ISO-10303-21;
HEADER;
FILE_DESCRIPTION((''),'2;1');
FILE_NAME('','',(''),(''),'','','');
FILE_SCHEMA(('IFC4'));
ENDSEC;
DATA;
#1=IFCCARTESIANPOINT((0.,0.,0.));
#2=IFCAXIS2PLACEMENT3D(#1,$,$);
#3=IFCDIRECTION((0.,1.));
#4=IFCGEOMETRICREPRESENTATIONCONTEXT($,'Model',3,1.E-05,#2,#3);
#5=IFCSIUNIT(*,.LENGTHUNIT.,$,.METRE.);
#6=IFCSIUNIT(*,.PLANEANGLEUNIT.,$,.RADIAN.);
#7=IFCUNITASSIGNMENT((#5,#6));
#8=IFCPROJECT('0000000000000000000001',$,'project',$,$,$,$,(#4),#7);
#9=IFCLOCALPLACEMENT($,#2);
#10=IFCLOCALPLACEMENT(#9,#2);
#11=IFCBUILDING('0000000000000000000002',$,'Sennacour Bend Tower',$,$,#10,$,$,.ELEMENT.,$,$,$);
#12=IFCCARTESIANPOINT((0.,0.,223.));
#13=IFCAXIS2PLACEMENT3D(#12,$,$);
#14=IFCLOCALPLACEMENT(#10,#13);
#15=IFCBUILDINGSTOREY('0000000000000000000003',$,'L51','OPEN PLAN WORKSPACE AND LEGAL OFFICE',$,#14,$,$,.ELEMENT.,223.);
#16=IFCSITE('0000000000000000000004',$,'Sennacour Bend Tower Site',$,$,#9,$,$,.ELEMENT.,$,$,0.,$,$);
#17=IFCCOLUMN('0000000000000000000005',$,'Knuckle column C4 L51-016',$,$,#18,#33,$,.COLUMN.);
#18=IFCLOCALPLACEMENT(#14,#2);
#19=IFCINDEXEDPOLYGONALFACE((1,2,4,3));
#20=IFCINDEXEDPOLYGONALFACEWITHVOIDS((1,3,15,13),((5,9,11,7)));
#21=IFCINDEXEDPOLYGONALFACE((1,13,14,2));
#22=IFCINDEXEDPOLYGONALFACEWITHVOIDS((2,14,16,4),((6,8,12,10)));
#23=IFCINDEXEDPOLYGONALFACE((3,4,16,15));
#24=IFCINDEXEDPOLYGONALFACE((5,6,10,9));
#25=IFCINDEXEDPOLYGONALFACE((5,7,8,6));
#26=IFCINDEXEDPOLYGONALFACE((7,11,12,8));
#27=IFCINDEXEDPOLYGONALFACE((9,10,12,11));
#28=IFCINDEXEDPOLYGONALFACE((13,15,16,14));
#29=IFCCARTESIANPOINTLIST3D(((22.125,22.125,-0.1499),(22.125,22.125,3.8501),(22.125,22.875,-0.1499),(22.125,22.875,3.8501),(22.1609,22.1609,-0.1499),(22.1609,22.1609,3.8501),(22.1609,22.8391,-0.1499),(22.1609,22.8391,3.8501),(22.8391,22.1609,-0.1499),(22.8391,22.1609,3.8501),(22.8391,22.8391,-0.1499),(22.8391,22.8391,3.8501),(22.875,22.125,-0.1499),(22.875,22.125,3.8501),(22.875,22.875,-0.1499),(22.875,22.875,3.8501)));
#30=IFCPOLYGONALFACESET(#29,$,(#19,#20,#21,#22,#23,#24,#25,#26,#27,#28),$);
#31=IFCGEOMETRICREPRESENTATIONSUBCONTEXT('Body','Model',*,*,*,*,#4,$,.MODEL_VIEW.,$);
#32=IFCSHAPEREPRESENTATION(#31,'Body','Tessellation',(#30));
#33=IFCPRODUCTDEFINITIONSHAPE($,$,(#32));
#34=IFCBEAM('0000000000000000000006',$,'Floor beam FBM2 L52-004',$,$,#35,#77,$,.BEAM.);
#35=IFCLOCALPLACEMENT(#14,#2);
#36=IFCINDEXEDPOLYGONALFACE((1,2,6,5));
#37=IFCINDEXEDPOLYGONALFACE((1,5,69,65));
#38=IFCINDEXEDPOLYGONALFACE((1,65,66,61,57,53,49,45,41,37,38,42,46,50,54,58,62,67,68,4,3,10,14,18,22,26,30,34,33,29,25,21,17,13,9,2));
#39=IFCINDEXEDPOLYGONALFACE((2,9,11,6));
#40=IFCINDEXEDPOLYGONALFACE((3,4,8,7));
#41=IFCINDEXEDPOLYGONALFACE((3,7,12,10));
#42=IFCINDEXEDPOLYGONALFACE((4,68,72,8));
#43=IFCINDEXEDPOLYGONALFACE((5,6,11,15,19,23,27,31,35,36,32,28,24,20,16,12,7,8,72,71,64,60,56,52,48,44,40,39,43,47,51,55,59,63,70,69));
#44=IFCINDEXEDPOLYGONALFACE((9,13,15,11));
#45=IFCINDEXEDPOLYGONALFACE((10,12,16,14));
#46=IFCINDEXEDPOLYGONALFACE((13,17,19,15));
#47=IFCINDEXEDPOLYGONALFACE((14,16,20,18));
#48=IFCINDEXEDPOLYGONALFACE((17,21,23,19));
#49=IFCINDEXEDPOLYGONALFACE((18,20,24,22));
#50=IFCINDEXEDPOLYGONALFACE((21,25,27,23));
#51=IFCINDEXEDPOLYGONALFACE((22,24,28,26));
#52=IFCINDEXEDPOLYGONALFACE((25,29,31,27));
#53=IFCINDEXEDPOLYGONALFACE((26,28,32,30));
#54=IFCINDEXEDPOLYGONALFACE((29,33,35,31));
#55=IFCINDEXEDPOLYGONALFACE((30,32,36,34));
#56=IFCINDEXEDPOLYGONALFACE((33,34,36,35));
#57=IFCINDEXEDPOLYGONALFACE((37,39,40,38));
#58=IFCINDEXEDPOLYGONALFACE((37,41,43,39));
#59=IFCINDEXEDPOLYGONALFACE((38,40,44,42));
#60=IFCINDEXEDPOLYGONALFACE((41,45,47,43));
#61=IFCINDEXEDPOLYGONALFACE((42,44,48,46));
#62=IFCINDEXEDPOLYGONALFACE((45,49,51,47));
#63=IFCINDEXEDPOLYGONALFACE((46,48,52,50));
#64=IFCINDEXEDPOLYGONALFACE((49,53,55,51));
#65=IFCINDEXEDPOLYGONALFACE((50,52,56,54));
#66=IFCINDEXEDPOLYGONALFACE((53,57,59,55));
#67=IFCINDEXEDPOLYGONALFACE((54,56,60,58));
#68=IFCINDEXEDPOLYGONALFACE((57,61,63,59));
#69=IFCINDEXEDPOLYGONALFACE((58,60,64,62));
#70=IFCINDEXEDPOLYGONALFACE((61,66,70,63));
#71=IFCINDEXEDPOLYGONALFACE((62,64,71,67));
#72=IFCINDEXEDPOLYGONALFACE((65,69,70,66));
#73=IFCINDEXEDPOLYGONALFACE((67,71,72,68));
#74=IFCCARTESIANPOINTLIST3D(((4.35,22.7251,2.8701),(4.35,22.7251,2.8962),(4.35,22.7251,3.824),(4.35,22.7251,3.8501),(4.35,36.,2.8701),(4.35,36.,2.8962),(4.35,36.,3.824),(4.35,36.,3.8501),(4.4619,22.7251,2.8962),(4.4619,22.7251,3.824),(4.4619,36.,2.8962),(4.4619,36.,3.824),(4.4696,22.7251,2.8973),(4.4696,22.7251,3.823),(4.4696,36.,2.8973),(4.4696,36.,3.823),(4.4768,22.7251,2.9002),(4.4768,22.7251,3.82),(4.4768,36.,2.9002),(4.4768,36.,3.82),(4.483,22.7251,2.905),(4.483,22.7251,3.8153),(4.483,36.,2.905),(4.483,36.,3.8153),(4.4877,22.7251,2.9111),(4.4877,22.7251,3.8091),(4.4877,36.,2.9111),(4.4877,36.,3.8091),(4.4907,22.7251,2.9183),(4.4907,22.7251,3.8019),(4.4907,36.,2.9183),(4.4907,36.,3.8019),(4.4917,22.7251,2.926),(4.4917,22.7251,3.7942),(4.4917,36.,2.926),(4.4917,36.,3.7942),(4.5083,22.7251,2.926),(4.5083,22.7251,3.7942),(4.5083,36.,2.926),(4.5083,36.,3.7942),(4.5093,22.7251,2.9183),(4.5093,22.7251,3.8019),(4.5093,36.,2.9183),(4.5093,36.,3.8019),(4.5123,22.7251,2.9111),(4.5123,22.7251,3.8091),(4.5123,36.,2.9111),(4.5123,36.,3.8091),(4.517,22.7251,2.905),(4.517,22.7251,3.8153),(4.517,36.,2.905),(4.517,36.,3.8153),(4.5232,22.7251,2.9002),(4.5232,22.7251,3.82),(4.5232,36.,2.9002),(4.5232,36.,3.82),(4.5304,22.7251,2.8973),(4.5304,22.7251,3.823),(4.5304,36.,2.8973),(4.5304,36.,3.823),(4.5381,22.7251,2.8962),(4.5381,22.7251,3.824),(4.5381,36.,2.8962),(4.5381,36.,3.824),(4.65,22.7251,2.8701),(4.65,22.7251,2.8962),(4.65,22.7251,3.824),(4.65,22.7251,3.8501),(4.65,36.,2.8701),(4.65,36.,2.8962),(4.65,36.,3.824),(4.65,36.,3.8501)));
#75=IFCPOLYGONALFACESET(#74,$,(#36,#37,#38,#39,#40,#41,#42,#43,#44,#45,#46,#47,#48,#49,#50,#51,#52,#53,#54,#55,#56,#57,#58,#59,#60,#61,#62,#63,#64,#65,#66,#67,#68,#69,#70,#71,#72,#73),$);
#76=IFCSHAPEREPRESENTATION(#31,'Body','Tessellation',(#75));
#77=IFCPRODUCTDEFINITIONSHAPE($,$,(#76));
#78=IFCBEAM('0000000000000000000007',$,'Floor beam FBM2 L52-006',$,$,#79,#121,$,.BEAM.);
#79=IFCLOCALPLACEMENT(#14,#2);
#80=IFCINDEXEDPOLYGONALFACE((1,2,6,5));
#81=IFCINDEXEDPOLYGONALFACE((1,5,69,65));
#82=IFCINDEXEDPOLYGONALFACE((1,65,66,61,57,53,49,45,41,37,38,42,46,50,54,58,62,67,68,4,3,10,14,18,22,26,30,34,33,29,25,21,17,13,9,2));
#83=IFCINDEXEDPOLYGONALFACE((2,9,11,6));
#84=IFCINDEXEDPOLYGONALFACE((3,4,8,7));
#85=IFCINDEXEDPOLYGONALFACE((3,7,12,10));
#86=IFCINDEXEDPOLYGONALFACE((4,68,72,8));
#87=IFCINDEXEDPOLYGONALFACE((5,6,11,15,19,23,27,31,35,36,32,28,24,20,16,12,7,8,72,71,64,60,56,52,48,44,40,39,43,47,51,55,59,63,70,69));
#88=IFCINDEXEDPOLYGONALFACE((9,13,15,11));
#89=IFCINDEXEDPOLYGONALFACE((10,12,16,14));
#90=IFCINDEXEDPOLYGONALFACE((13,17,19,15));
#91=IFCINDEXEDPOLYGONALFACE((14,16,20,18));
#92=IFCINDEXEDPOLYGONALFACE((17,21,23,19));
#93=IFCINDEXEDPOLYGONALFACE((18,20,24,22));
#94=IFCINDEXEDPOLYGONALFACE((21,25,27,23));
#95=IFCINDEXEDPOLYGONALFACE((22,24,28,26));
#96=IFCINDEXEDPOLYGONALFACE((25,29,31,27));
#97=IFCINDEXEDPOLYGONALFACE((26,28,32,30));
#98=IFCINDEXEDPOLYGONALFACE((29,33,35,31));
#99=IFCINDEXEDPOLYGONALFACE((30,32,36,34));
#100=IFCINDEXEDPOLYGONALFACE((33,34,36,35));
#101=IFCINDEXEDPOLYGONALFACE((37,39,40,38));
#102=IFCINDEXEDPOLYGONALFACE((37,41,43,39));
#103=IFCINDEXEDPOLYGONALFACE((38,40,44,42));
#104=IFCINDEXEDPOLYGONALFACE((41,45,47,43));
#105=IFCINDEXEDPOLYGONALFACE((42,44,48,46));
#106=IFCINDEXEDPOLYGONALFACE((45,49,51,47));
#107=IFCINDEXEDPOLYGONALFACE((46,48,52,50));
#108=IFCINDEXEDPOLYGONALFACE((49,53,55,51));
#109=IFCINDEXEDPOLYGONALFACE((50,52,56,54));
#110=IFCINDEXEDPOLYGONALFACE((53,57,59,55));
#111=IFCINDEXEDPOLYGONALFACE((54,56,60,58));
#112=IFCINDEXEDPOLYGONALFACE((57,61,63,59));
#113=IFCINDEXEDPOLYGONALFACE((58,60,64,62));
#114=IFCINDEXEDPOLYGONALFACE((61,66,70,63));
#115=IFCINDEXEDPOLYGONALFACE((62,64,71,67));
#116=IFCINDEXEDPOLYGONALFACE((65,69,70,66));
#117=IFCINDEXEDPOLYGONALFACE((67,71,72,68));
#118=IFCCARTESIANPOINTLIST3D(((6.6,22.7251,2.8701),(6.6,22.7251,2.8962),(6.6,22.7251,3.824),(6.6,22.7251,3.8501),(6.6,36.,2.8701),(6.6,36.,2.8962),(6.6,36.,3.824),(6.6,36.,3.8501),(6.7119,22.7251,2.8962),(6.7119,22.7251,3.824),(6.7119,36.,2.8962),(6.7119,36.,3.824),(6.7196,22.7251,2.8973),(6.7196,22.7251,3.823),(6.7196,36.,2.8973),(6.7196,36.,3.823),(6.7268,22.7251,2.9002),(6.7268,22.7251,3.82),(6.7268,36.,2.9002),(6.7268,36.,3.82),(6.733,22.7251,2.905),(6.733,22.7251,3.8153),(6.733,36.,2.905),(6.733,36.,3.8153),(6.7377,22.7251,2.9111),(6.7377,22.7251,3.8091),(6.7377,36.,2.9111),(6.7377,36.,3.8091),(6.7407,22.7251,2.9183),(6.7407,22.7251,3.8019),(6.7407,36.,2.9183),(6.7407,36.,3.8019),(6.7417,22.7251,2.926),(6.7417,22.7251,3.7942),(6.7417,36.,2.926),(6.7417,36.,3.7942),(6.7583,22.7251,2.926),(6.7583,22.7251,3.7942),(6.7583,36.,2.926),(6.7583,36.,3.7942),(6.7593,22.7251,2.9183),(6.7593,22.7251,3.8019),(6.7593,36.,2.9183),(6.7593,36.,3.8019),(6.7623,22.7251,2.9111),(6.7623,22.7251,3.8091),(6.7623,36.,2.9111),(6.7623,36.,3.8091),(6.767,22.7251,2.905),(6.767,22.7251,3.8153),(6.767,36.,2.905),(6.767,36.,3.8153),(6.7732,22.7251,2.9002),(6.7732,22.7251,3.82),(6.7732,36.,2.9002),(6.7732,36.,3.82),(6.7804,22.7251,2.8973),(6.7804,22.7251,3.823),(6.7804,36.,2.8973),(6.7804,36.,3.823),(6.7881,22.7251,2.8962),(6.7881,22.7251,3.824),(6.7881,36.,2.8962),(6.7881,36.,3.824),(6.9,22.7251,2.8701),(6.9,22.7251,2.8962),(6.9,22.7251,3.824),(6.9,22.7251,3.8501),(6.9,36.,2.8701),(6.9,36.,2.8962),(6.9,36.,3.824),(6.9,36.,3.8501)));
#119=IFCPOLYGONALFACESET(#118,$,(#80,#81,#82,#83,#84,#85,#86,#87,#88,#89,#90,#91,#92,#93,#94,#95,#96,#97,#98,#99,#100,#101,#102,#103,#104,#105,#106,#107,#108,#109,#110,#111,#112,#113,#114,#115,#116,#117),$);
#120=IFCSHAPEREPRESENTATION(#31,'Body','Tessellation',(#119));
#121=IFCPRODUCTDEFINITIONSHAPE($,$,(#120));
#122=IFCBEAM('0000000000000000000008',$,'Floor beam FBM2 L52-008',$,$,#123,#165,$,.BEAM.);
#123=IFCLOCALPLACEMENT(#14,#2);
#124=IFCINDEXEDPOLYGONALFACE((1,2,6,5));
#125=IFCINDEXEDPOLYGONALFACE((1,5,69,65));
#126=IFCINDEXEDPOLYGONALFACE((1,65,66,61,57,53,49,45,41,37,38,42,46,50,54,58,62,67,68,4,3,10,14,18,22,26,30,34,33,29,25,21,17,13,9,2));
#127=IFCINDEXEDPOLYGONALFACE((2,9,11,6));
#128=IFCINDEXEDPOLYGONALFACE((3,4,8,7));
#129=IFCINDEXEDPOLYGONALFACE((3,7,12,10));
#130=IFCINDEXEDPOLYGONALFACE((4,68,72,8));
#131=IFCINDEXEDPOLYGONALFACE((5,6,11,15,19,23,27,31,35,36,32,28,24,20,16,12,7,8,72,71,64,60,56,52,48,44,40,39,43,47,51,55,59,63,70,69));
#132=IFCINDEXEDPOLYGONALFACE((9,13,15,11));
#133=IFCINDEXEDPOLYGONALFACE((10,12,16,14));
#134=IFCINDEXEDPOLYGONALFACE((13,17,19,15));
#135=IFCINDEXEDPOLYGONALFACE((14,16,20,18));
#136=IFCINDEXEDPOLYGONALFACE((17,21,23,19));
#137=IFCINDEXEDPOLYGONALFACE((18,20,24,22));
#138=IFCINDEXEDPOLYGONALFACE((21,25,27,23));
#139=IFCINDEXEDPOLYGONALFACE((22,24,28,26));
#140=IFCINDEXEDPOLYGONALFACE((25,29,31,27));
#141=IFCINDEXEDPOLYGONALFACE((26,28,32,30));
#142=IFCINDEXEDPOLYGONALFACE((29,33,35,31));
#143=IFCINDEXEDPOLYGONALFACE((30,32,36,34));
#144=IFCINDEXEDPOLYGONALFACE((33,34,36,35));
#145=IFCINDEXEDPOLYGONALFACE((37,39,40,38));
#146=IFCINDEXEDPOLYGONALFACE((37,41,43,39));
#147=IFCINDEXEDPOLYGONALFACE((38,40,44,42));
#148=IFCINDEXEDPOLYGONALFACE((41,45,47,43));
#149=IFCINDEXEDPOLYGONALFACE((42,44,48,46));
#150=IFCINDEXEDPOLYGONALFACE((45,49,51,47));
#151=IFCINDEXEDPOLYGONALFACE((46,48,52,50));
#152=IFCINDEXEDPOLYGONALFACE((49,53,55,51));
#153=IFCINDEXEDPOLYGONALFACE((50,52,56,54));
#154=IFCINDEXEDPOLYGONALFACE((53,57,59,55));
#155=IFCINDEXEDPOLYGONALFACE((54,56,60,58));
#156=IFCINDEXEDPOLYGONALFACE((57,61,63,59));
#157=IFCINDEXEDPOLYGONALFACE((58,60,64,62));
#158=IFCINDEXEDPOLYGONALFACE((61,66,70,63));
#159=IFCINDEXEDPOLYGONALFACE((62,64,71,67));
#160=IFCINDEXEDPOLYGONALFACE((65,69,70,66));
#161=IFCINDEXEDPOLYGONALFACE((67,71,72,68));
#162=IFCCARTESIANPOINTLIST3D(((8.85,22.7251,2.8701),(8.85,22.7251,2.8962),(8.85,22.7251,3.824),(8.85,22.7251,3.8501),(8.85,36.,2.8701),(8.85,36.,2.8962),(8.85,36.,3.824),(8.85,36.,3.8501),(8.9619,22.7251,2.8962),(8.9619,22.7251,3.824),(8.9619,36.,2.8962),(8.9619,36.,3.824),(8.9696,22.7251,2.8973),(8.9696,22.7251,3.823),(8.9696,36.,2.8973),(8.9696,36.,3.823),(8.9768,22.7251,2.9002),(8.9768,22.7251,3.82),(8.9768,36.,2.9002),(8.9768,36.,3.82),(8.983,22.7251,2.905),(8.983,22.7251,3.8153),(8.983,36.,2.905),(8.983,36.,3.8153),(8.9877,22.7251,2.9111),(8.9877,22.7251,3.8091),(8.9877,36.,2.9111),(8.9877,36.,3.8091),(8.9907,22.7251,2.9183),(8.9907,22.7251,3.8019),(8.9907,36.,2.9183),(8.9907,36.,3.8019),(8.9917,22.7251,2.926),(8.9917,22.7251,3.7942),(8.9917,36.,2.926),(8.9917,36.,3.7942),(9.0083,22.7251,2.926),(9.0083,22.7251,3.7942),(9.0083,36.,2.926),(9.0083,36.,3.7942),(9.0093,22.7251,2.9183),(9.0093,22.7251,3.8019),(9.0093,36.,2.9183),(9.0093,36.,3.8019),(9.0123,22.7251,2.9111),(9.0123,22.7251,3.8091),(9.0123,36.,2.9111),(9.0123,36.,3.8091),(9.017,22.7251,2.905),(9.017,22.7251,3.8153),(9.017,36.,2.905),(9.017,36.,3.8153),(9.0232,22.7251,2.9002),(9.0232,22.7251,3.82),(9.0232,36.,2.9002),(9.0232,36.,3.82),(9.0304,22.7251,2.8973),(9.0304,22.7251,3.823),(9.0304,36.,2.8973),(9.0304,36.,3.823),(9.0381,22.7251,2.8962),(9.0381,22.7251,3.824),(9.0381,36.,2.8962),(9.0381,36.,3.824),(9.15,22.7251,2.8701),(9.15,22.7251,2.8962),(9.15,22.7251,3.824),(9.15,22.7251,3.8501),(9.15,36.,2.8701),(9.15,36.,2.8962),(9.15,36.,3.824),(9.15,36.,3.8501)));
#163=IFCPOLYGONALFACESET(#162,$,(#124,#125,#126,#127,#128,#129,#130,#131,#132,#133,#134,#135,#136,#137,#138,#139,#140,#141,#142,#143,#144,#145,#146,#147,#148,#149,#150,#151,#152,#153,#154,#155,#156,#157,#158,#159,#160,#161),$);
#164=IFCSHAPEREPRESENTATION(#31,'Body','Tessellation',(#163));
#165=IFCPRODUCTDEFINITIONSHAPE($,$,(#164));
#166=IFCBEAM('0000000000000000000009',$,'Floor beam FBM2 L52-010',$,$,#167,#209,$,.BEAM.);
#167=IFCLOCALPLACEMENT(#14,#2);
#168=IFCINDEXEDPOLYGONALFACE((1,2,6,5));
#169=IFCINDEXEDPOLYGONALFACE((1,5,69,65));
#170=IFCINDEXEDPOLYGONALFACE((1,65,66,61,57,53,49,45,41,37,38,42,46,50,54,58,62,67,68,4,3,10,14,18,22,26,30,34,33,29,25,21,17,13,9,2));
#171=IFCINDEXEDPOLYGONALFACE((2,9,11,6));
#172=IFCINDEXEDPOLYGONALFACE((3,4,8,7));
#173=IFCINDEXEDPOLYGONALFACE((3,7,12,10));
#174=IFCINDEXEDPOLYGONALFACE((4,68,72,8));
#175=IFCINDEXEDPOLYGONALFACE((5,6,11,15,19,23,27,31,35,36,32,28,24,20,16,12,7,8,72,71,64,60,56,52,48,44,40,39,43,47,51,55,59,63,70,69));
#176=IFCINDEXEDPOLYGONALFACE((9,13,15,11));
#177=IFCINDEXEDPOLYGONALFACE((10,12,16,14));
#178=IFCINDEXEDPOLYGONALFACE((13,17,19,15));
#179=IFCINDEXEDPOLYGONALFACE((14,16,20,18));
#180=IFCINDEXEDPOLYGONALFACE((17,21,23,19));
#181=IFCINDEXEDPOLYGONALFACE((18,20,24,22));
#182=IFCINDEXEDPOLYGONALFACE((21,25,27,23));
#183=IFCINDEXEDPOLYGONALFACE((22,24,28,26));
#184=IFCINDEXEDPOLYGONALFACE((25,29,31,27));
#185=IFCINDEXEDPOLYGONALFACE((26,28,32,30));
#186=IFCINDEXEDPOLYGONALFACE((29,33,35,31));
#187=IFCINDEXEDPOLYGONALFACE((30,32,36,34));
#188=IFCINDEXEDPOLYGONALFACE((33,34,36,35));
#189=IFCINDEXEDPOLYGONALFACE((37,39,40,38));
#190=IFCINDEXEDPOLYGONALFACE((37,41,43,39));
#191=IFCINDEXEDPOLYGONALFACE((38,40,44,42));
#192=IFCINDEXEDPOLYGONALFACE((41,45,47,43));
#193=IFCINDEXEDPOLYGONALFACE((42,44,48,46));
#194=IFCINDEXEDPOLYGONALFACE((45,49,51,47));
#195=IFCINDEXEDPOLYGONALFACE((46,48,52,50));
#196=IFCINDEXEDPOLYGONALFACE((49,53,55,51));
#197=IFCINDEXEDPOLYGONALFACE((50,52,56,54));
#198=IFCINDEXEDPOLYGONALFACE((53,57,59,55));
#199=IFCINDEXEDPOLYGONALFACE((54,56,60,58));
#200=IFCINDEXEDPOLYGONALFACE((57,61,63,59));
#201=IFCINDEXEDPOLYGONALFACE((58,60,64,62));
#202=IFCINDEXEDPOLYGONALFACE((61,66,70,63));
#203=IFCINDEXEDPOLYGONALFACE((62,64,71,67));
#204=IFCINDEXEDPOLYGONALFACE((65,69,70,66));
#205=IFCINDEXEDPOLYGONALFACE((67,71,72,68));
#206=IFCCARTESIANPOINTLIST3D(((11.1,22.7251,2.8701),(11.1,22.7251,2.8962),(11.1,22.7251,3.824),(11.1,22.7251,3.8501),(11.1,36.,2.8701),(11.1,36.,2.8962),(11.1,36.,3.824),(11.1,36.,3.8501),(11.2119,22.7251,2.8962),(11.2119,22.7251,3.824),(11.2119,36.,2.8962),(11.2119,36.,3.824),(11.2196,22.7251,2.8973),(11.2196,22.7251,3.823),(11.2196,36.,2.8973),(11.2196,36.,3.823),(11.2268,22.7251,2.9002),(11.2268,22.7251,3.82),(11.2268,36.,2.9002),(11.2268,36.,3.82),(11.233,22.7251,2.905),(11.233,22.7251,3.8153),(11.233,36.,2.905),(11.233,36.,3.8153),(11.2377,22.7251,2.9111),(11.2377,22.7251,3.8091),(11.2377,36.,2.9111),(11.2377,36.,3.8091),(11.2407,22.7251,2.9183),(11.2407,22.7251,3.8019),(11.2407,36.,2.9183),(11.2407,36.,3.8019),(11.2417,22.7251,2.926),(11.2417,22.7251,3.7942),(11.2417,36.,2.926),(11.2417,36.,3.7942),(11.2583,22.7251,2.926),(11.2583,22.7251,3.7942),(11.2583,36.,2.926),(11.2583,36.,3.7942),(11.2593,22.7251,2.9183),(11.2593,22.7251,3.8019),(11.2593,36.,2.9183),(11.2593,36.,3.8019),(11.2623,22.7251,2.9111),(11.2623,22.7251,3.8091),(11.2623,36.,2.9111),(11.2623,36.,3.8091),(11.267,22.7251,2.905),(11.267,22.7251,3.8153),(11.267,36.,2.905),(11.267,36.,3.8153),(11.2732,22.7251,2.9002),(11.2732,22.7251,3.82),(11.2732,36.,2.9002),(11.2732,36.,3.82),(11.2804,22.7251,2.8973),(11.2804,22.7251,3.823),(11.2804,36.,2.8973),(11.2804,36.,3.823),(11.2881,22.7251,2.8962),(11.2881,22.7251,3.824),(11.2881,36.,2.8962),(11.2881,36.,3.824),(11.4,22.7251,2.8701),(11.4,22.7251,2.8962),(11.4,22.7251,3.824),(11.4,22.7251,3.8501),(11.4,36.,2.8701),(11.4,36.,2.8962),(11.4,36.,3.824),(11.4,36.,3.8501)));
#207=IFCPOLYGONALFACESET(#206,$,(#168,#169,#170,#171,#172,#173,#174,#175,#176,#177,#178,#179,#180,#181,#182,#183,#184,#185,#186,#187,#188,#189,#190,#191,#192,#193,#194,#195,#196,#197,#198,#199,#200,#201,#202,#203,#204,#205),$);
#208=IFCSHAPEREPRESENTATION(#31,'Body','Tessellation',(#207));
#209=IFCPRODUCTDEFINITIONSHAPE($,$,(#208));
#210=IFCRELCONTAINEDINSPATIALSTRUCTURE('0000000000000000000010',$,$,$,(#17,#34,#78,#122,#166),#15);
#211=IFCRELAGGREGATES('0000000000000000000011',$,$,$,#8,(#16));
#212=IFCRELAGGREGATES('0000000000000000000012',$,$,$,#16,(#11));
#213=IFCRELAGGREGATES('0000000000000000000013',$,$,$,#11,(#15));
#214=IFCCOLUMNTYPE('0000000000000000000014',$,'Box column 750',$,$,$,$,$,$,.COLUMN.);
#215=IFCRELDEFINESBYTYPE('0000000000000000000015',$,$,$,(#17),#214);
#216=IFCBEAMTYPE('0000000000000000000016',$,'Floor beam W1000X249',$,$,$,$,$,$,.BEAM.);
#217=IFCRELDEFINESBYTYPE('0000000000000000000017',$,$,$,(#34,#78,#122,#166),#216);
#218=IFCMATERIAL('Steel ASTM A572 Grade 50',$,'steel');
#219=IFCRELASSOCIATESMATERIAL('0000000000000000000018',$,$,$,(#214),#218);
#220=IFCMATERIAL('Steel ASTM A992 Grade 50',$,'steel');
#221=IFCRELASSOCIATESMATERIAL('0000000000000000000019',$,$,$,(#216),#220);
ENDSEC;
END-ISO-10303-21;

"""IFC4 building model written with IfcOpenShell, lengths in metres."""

from ifc_helpers import new_model, si_unit, direction, frame, origin, origin_2d, place, context, subcontext, project, spatial, hollow_rectangle, i_section, extrude, material, material_profile, profile_set, type_object, element, save


model = new_model("IFC4")

# Units and contexts
model_context = context("Model", 3, precision=1e-05, world=origin(), true_north=direction((0.0, 1.0)))
body_context = subcontext(model_context, "Body", "Model", "MODEL_VIEW")
ifc_project = project(units=[si_unit("LENGTHUNIT", "METRE"), si_unit("PLANEANGLEUNIT", "RADIAN")], contexts=[model_context])

# Site, building, storey
site_placement = place(None, origin())
site = spatial("IfcSite", under=ifc_project, at=site_placement, Name="Sennacour Bend Tower Site", CompositionType="ELEMENT", RefElevation=0.0)
building_placement = place(site_placement, origin())
building = spatial("IfcBuilding", under=site, at=building_placement, Name="Sennacour Bend Tower", CompositionType="ELEMENT")
storey_placement = place(building_placement, frame((0.0, 0.0, 223.0)))
storey = spatial("IfcBuildingStorey", under=building, at=storey_placement, Name="L51", Description="OPEN PLAN WORKSPACE AND LEGAL OFFICE", CompositionType="ELEMENT", Elevation=223.0)

# Column
ifc_material_1 = material(Name="Steel ASTM A572 Grade 50", Category="steel")
ifc_material_profile_1 = material_profile(ifc_material_1, hollow_rectangle(XDim=0.75, YDim=0.75, WallThickness=0.0359, at=origin_2d()), Name="Steel ASTM A572 Grade 50", Category="steel")
ifc_profile_set_1 = profile_set([ifc_material_profile_1], Name="Steel ASTM A572 Grade 50")
column_type = type_object("IfcColumnType", Name="Box column 750", PredefinedType="COLUMN", material=ifc_profile_set_1)
column_placement = place(storey_placement, frame((22.5, 22.5, -0.1499), z_axis=(0.0, 0.0, 1.0), x_axis=(1.0, 0.0, 0.0)))
element("IfcColumn", 1, at=column_placement, inside=storey, type_object=column_type, Name="Knuckle column C4 L51-016", PredefinedType="COLUMN", context=body_context, shape_type="SweptSolid", body=[
    extrude(hollow_rectangle(XDim=0.75, YDim=0.75, WallThickness=0.0359, at=origin_2d()), origin(), (0.0, 0.0, 1.0), 4.0),
])

# Beams
ifc_material_2 = material(Name="Steel ASTM A992 Grade 50", Category="steel")
ifc_material_profile_2 = material_profile(ifc_material_2, i_section(OverallWidth=0.3, OverallDepth=0.98, WebThickness=0.0166, FlangeThickness=0.0261, FilletRadius=0.0298, at=origin_2d()), Name="Steel ASTM A992 Grade 50", Category="steel")
ifc_profile_set_2 = profile_set([ifc_material_profile_2], Name="Steel ASTM A992 Grade 50")
beam_type_1 = type_object("IfcBeamType", Name="Floor beam W1000X249", PredefinedType="BEAM", material=ifc_profile_set_2)
for number, where, z_axis, x_axis, name in (
    (2, (4.5, 22.7251, 3.3601), (0.0, 1.0, 0.0), (-1.0, 0.0, 0.0), "Floor beam FBM2 L52-004"),
    (3, (6.75, 22.7251, 3.3601), (0.0, 1.0, 0.0), (-1.0, 0.0, 0.0), "Floor beam FBM2 L52-006"),
    (4, (9.0, 22.7251, 3.3601), (0.0, 1.0, 0.0), (-1.0, 0.0, 0.0), "Floor beam FBM2 L52-008"),
    (5, (11.25, 22.7251, 3.3601), (0.0, 1.0, 0.0), (-1.0, 0.0, 0.0), "Floor beam FBM2 L52-010"),
):
    element("IfcBeam", number, at=place(storey_placement, frame(where, z_axis=z_axis, x_axis=x_axis)), inside=storey, type_object=beam_type_1, Name=name, PredefinedType="BEAM", context=body_context, shape_type="SweptSolid", body=[
        extrude(i_section(OverallWidth=0.3, OverallDepth=0.98, WebThickness=0.0166, FlangeThickness=0.0261, FilletRadius=0.0298, at=origin_2d()), origin(), (0.0, 0.0, 1.0), 13.2749),
    ])

save(model, "model.ifc")
